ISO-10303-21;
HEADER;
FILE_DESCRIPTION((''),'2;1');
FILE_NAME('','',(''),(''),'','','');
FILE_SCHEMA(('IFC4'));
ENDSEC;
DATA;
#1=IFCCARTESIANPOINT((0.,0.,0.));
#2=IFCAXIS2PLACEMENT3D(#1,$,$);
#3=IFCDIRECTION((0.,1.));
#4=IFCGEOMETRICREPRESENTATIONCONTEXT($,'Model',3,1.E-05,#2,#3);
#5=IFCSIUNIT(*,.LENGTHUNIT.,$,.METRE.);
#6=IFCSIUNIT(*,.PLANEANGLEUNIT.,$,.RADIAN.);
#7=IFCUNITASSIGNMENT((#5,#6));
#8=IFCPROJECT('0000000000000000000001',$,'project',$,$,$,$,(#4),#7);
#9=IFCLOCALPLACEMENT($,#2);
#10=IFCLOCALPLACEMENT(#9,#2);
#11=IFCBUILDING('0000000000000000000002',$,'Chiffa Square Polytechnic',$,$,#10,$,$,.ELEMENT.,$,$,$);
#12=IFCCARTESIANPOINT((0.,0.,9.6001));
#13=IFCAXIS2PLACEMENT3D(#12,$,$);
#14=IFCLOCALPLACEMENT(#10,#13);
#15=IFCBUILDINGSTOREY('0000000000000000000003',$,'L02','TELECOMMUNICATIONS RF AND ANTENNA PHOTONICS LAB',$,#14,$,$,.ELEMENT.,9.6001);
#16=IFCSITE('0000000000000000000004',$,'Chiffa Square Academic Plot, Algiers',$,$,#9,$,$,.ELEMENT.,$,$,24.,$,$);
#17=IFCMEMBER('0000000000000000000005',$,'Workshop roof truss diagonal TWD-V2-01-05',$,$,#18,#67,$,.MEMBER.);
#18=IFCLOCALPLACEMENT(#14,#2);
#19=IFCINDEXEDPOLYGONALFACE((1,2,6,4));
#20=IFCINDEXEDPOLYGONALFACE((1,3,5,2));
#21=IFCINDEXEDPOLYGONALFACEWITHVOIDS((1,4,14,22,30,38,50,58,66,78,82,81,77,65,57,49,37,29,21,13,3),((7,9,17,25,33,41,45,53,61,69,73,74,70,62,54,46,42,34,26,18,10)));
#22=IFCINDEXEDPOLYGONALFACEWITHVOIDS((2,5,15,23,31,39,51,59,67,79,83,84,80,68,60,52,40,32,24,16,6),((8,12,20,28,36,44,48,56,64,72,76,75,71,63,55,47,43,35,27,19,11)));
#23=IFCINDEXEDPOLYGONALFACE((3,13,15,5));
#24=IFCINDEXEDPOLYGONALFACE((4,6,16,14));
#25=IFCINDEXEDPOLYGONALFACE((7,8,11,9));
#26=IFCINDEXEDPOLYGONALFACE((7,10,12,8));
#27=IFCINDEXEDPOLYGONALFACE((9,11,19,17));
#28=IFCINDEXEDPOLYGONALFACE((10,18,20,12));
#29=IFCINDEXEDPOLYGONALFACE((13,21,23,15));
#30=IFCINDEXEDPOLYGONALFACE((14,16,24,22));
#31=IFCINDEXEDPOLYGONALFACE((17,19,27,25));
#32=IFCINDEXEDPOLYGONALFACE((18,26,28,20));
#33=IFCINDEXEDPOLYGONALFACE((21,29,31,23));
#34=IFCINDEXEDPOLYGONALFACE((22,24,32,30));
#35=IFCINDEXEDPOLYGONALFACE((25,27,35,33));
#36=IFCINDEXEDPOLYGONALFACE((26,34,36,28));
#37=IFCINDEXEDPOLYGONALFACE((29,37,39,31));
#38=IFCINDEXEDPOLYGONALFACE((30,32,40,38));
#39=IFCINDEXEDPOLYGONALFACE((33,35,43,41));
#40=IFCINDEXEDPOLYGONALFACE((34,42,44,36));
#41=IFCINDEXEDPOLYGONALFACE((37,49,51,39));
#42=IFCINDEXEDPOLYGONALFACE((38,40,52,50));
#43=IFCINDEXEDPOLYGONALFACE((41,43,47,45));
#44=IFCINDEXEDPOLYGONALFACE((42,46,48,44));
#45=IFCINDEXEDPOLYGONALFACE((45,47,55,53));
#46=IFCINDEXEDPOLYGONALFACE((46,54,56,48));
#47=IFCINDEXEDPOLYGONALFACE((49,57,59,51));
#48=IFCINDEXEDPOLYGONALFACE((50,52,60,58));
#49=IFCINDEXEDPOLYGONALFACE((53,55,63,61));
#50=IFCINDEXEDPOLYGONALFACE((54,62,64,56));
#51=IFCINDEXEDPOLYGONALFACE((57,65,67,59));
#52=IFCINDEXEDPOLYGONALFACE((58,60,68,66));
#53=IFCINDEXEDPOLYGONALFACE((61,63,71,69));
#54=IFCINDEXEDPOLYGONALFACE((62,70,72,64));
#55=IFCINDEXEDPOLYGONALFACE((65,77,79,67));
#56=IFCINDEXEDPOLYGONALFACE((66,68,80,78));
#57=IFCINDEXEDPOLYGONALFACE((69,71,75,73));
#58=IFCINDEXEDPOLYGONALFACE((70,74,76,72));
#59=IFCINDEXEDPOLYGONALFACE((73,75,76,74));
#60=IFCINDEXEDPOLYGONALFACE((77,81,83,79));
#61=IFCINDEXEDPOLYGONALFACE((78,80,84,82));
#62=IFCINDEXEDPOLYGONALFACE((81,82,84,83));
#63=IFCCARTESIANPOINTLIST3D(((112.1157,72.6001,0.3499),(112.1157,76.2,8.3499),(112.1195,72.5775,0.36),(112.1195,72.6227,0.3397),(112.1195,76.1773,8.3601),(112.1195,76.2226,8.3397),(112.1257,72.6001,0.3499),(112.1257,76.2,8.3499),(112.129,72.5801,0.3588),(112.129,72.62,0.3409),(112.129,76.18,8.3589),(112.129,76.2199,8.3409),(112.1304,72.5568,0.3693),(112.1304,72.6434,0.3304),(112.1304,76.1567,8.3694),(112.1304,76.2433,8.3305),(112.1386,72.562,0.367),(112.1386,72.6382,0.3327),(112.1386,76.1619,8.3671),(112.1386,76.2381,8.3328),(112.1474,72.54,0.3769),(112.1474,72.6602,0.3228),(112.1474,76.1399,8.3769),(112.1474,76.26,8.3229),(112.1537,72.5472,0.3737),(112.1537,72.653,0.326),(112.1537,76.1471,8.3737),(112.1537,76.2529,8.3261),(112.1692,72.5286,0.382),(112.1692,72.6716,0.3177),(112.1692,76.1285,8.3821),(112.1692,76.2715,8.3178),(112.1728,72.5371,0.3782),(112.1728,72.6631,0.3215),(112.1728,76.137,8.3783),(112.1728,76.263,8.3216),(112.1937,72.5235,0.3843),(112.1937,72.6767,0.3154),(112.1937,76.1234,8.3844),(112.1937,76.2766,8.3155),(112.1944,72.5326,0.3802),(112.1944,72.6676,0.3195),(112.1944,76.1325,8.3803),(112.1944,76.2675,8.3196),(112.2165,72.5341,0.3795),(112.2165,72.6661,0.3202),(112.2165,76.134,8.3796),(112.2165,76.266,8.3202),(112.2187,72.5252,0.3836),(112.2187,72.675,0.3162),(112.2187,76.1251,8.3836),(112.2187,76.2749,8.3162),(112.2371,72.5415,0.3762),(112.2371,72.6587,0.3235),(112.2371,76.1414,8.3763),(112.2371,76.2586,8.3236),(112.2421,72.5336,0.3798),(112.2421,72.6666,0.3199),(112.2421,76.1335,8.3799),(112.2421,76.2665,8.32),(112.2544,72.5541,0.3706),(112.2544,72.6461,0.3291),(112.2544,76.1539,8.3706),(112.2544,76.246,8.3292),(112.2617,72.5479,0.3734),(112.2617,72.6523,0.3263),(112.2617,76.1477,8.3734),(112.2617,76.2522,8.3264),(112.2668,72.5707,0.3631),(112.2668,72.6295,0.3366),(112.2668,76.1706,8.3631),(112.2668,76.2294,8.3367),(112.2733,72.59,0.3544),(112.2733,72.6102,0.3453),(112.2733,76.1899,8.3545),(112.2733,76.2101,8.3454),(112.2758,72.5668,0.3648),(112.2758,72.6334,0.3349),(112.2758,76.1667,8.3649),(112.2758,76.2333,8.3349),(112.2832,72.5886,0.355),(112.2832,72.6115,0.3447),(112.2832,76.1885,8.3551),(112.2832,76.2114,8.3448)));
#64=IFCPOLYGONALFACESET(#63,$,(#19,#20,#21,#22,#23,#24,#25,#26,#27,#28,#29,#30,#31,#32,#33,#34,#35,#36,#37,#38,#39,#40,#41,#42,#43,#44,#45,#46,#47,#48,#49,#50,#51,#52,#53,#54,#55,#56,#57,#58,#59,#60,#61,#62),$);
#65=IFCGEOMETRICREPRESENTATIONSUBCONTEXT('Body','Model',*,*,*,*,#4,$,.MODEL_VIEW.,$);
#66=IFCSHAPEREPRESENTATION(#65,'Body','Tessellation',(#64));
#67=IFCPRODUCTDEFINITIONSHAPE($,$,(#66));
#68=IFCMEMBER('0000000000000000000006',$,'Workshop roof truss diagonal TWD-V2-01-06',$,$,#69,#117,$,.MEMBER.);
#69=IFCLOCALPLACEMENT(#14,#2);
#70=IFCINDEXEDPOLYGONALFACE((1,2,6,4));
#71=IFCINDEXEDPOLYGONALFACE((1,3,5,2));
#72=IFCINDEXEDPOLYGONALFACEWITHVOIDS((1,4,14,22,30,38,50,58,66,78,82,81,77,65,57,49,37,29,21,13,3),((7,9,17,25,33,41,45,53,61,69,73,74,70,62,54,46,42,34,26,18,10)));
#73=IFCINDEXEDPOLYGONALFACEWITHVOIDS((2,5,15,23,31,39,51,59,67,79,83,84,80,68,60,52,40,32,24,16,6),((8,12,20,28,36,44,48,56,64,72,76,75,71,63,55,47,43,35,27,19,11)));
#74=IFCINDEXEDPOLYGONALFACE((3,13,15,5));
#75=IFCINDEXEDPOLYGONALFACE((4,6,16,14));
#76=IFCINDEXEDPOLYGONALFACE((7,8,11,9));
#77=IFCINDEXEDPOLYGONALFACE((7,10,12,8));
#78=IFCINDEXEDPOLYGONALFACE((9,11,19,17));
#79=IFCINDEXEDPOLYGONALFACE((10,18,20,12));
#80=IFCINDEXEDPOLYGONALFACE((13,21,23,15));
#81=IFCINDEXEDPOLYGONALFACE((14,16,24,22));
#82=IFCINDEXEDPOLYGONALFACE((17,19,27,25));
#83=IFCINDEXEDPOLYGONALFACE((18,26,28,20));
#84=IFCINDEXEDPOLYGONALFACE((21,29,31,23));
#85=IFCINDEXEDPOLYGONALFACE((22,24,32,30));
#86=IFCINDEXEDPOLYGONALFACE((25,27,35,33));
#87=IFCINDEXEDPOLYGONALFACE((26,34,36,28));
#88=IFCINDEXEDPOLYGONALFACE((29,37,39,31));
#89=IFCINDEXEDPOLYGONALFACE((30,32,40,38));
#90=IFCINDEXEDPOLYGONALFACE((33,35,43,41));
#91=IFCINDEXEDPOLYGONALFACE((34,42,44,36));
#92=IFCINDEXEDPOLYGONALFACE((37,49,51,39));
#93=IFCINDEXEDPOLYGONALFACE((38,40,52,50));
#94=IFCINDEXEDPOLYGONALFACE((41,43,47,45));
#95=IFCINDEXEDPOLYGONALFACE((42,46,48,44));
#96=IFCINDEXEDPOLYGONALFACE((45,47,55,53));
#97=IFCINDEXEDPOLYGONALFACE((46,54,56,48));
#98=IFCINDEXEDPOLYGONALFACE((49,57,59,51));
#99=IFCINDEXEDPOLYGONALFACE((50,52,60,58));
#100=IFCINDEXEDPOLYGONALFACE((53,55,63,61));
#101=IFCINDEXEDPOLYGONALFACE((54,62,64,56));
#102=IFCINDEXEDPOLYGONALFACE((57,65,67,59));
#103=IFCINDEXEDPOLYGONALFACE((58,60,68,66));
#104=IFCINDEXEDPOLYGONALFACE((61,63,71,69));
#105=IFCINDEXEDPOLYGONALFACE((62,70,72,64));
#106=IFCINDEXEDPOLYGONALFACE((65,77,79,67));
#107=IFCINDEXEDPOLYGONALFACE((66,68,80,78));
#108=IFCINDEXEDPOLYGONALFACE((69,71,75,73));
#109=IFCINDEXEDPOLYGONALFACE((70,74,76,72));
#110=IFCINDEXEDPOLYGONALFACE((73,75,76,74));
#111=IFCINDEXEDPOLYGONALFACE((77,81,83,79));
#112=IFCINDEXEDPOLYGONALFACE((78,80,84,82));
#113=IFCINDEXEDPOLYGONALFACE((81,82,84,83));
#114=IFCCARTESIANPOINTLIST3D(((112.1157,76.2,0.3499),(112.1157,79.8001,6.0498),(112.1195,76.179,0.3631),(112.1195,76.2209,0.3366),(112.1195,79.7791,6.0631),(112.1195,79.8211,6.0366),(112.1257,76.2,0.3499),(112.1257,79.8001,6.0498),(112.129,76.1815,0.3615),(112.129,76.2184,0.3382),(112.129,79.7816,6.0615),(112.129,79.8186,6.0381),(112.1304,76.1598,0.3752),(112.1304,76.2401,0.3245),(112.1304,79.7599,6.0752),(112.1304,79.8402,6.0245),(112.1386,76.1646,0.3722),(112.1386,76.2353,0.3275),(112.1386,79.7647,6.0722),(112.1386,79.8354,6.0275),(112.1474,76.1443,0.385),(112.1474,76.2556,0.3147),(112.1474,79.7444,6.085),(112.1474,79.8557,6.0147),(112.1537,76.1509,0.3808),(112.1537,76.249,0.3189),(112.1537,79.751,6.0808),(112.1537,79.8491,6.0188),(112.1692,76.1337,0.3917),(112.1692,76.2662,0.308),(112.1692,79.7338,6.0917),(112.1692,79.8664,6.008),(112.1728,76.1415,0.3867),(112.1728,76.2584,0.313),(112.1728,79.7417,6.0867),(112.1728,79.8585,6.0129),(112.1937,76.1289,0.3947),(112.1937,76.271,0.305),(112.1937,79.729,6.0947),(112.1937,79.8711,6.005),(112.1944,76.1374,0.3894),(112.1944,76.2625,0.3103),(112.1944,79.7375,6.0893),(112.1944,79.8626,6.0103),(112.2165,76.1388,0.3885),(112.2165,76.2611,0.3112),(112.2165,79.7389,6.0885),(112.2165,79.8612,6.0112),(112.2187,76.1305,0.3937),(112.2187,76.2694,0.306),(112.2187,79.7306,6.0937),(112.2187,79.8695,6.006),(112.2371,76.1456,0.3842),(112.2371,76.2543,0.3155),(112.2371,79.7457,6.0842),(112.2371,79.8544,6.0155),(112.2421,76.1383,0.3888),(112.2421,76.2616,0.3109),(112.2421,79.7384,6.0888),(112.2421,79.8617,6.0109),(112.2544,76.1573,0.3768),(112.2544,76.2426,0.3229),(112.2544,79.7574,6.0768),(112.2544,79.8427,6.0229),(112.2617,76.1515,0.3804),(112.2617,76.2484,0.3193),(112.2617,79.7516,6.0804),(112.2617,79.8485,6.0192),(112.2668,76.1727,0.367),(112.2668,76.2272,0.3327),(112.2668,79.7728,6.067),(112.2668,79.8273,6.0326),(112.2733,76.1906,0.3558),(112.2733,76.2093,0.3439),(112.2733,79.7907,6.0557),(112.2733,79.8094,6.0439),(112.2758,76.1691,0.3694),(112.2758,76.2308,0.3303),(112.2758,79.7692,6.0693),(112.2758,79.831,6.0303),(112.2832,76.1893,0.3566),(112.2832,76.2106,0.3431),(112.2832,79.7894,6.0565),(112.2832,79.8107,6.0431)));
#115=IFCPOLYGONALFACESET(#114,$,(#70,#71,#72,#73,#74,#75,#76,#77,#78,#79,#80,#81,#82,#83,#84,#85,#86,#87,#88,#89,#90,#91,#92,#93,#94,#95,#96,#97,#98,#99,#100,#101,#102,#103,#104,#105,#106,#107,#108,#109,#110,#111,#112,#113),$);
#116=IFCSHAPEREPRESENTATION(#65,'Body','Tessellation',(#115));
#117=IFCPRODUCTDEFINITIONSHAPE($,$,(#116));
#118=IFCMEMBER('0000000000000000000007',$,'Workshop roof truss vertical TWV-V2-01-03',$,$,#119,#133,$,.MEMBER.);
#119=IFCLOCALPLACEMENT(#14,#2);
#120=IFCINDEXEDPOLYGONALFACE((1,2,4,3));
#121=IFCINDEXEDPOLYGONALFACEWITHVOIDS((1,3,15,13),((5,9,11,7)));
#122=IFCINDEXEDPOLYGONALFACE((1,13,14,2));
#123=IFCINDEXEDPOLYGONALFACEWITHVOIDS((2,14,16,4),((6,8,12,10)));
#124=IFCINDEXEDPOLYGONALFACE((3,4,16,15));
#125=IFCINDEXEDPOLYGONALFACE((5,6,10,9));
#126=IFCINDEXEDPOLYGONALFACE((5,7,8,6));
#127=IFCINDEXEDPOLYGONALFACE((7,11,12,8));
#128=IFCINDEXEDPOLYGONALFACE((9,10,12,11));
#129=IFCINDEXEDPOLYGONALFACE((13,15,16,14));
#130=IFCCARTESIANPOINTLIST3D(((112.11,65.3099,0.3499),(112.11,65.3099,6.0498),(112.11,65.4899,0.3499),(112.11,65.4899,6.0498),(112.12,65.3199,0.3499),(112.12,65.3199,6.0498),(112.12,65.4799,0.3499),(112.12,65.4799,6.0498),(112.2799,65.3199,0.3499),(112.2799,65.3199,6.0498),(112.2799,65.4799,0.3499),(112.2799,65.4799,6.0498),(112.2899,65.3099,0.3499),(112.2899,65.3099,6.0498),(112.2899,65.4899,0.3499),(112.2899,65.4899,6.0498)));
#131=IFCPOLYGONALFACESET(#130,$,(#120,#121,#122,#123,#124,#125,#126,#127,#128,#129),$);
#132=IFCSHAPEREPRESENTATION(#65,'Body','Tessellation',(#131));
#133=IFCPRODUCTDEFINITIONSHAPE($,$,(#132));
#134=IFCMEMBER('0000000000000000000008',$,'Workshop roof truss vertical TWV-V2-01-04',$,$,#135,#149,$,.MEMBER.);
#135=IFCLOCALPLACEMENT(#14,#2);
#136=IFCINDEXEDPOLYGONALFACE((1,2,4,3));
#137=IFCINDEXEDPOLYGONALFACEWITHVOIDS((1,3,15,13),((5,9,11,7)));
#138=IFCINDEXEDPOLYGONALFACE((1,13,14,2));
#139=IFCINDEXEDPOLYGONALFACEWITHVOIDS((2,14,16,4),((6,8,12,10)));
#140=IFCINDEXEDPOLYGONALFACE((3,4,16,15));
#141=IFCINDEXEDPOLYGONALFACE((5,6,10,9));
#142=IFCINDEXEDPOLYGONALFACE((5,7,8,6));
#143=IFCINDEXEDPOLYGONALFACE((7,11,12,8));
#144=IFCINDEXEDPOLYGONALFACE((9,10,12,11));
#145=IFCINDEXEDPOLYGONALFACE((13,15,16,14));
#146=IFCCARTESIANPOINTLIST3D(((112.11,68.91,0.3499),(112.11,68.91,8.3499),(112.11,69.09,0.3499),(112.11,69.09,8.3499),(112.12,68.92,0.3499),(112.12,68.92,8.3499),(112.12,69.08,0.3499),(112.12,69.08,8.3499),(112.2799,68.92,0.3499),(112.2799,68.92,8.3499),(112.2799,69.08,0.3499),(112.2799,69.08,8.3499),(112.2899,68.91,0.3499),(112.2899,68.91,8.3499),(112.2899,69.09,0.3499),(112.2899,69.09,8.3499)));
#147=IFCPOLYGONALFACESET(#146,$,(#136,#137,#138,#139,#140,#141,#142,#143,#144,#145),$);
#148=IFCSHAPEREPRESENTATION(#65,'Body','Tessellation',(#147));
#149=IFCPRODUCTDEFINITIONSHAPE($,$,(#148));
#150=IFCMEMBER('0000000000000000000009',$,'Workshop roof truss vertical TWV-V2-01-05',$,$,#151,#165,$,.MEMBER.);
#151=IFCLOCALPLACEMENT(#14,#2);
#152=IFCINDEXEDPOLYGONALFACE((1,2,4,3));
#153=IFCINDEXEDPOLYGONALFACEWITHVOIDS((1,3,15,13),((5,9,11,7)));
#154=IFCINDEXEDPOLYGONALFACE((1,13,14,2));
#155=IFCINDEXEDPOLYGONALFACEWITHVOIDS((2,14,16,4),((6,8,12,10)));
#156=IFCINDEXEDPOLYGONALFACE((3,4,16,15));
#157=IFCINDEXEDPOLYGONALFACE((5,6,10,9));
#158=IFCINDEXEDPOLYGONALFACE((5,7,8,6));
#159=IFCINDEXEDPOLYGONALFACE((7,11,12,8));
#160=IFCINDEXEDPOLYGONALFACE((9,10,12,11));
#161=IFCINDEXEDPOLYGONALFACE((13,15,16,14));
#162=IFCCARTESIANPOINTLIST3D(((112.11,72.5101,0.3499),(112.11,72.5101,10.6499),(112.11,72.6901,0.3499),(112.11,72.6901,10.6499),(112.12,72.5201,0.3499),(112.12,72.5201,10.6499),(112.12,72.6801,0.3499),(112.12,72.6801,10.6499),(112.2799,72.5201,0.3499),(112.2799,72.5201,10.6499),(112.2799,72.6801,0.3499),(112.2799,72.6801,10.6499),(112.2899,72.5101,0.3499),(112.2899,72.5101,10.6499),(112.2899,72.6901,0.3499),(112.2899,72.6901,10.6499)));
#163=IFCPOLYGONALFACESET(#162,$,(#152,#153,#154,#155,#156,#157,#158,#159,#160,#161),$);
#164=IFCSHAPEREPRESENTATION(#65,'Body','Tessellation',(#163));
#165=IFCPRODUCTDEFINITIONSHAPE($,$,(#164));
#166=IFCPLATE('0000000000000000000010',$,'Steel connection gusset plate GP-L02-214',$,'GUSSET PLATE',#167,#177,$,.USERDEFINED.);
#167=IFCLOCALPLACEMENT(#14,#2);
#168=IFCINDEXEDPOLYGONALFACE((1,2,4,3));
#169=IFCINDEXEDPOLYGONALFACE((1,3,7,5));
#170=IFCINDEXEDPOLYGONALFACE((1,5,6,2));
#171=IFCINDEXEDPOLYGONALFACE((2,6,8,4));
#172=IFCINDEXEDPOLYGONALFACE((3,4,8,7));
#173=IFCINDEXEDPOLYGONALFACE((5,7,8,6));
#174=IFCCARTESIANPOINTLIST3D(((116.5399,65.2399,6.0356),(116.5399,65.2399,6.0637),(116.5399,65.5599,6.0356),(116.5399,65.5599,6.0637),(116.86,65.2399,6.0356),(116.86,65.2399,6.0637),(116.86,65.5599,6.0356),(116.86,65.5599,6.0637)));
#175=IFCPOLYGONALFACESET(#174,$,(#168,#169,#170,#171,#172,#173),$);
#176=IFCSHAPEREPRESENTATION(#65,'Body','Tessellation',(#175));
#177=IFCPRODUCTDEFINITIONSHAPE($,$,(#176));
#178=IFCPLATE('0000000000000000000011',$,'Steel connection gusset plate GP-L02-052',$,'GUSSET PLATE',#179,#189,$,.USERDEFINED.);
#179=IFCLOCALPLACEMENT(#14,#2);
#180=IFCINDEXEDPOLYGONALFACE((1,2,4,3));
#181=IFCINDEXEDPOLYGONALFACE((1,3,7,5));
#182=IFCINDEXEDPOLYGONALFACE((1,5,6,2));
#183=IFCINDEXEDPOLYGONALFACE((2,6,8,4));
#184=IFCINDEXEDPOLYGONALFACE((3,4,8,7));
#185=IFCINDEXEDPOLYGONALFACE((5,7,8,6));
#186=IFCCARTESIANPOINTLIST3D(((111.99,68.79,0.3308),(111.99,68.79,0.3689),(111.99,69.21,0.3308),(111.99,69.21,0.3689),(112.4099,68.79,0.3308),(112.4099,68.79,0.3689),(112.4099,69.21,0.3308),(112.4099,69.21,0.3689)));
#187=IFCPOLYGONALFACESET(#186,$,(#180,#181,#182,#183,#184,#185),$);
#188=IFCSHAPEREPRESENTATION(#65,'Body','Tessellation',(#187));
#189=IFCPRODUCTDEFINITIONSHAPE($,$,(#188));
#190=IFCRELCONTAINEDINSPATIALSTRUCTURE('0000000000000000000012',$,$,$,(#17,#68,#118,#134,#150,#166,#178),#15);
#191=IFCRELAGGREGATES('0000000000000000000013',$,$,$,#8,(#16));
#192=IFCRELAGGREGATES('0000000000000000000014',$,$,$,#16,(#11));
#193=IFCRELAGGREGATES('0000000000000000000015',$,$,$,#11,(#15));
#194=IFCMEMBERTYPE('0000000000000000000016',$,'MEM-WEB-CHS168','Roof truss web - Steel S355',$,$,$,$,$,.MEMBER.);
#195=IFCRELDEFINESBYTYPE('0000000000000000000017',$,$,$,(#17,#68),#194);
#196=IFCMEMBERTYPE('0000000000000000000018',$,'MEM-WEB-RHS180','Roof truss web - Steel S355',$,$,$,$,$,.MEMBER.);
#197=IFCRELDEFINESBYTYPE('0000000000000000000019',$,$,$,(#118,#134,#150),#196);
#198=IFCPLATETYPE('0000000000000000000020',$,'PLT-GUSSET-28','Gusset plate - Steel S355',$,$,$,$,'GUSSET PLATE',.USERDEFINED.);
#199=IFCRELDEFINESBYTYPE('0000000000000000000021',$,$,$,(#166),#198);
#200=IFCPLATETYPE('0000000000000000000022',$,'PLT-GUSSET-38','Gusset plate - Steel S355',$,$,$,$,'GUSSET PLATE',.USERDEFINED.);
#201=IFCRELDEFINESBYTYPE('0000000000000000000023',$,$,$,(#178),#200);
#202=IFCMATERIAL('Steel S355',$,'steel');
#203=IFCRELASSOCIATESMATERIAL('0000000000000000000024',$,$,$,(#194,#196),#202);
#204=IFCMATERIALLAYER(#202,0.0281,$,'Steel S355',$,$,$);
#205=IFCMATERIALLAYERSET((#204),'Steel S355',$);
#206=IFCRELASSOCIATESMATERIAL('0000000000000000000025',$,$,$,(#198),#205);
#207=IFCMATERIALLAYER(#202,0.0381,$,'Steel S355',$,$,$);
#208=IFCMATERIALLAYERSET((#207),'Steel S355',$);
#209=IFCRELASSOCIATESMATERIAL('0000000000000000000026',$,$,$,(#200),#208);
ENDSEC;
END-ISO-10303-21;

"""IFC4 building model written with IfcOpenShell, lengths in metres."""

from ifc_helpers import new_model, si_unit, direction, frame, origin, origin_2d, place, context, subcontext, project, spatial, rectangle, hollow_rectangle, hollow_circle, extrude, material, layer, layer_set, material_profile, profile_set, type_object, element, save


model = new_model("IFC4")

# Units and contexts
model_context = context("Model", 3, precision=1e-05, world=origin(), true_north=direction((0.0, 1.0)))
body_context = subcontext(model_context, "Body", "Model", "MODEL_VIEW")
ifc_project = project(units=[si_unit("LENGTHUNIT", "METRE"), si_unit("PLANEANGLEUNIT", "RADIAN")], contexts=[model_context])

# Site, building, storey
site_placement = place(None, origin())
site = spatial("IfcSite", under=ifc_project, at=site_placement, Name="Chiffa Square Academic Plot, Algiers", CompositionType="ELEMENT", RefElevation=24.0)
building_placement = place(site_placement, origin())
building = spatial("IfcBuilding", under=site, at=building_placement, Name="Chiffa Square Polytechnic", CompositionType="ELEMENT")
storey_placement = place(building_placement, frame((0.0, 0.0, 9.6001)))
storey = spatial("IfcBuildingStorey", under=building, at=storey_placement, Name="L02", Description="TELECOMMUNICATIONS RF AND ANTENNA PHOTONICS LAB", CompositionType="ELEMENT", Elevation=9.6001)

# Shared definitions
ifc_material_1 = material(Name="Steel S355", Category="steel")

# Members
ifc_material_profile_1 = material_profile(ifc_material_1, hollow_circle(Radius=0.0842, WallThickness=0.01, at=origin_2d()), Name="CHS 168.3x10")
ifc_profile_set_1 = profile_set([ifc_material_profile_1], Name="Steel S355")
member_type_1 = type_object("IfcMemberType", Name="MEM-WEB-CHS168", Description="Roof truss web - Steel S355", PredefinedType="MEMBER", material=ifc_profile_set_1)
for number, where, z_axis, x_axis, name in (
    (1, (112.2, 72.6001, 0.3499), (0.0, 0.410351, 0.911928), (-1.0, 0.0, 0.0), "Workshop roof truss diagonal TWD-V2-01-05"),
):
    element("IfcMember", number, at=place(storey_placement, frame(where, z_axis=z_axis, x_axis=x_axis)), inside=storey, type_object=member_type_1, Name=name, PredefinedType="MEMBER", context=body_context, shape_type="SweptSolid", body=[
        extrude(hollow_circle(Radius=0.0842, WallThickness=0.01, at=origin_2d()), origin(), (0.0, 0.0, 1.0), 8.7727),
    ])
member_1_placement = place(storey_placement, frame((112.2, 76.2, 0.3499), z_axis=(0.0, 0.534007, 0.84548), x_axis=(-1.0, 0.0, 0.0)))
element("IfcMember", 2, at=member_1_placement, inside=storey, type_object=member_type_1, Name="Workshop roof truss diagonal TWD-V2-01-06", PredefinedType="MEMBER", context=body_context, shape_type="SweptSolid", body=[
    extrude(hollow_circle(Radius=0.0842, WallThickness=0.01, at=origin_2d()), origin(), (0.0, 0.0, 1.0), 6.7417),
])
ifc_material_profile_2 = material_profile(ifc_material_1, hollow_rectangle(XDim=0.1799, YDim=0.1799, WallThickness=0.01, at=origin_2d()), Name="RHS 180x180x10")
ifc_profile_set_2 = profile_set([ifc_material_profile_2], Name="Steel S355")
member_type_2 = type_object("IfcMemberType", Name="MEM-WEB-RHS180", Description="Roof truss web - Steel S355", PredefinedType="MEMBER", material=ifc_profile_set_2)
member_2_placement = place(storey_placement, frame((112.2, 65.3999, 0.3499), z_axis=(0.0, 0.0, 1.0), x_axis=(1.0, 0.0, 0.0)))
element("IfcMember", 3, at=member_2_placement, inside=storey, type_object=member_type_2, Name="Workshop roof truss vertical TWV-V2-01-03", PredefinedType="MEMBER", context=body_context, shape_type="SweptSolid", body=[
    extrude(hollow_rectangle(XDim=0.1799, YDim=0.1799, WallThickness=0.01, at=origin_2d()), origin(), (0.0, 0.0, 1.0), 5.7),
])
member_3_placement = place(storey_placement, frame((112.2, 69.0, 0.3499), z_axis=(0.0, 0.0, 1.0), x_axis=(1.0, 0.0, 0.0)))
element("IfcMember", 4, at=member_3_placement, inside=storey, type_object=member_type_2, Name="Workshop roof truss vertical TWV-V2-01-04", PredefinedType="MEMBER", context=body_context, shape_type="SweptSolid", body=[
    extrude(hollow_rectangle(XDim=0.1799, YDim=0.1799, WallThickness=0.01, at=origin_2d()), origin(), (0.0, 0.0, 1.0), 8.0),
])
member_4_placement = place(storey_placement, frame((112.2, 72.6001, 0.3499), z_axis=(0.0, 0.0, 1.0), x_axis=(1.0, 0.0, 0.0)))
element("IfcMember", 5, at=member_4_placement, inside=storey, type_object=member_type_2, Name="Workshop roof truss vertical TWV-V2-01-05", PredefinedType="MEMBER", context=body_context, shape_type="SweptSolid", body=[
    extrude(hollow_rectangle(XDim=0.1799, YDim=0.1799, WallThickness=0.01, at=origin_2d()), origin(), (0.0, 0.0, 1.0), 10.3),
])

# Plates
ifc_layer_1 = layer(ifc_material_1, 0.0281, Name="Steel S355")
ifc_layer_set_1 = layer_set([ifc_layer_1], Name="Steel S355")
plate_type_1 = type_object("IfcPlateType", Name="PLT-GUSSET-28", Description="Gusset plate - Steel S355", ElementType="GUSSET PLATE", PredefinedType="USERDEFINED", material=ifc_layer_set_1)
plate_placement = place(storey_placement, frame((116.7, 65.3999, 6.0356), z_axis=(0.0, 0.0, 1.0), x_axis=(1.0, 0.0, 0.0)))
element("IfcPlate", 6, at=plate_placement, inside=storey, type_object=plate_type_1, Name="Steel connection gusset plate GP-L02-214", ObjectType="GUSSET PLATE", PredefinedType="USERDEFINED", context=body_context, shape_type="SweptSolid", body=[
    extrude(rectangle(XDim=0.3201, YDim=0.3201, at=origin_2d()), origin(), (0.0, 0.0, 1.0), 0.0281),
])
ifc_layer_2 = layer(ifc_material_1, 0.0381, Name="Steel S355")
ifc_layer_set_2 = layer_set([ifc_layer_2], Name="Steel S355")
plate_type_2 = type_object("IfcPlateType", Name="PLT-GUSSET-38", Description="Gusset plate - Steel S355", ElementType="GUSSET PLATE", PredefinedType="USERDEFINED", material=ifc_layer_set_2)
for number, where, z_axis, x_axis, name in (
    (7, (112.2, 69.0, 0.3308), (0.0, 0.0, 1.0), (1.0, 0.0, 0.0), "Steel connection gusset plate GP-L02-052"),
):
    element("IfcPlate", number, at=place(storey_placement, frame(where, z_axis=z_axis, x_axis=x_axis)), inside=storey, type_object=plate_type_2, Name=name, ObjectType="GUSSET PLATE", PredefinedType="USERDEFINED", context=body_context, shape_type="SweptSolid", body=[
        extrude(rectangle(XDim=0.4199, YDim=0.4199, at=origin_2d()), origin(), (0.0, 0.0, 1.0), 0.0381),
    ])

save(model, "model.ifc")
